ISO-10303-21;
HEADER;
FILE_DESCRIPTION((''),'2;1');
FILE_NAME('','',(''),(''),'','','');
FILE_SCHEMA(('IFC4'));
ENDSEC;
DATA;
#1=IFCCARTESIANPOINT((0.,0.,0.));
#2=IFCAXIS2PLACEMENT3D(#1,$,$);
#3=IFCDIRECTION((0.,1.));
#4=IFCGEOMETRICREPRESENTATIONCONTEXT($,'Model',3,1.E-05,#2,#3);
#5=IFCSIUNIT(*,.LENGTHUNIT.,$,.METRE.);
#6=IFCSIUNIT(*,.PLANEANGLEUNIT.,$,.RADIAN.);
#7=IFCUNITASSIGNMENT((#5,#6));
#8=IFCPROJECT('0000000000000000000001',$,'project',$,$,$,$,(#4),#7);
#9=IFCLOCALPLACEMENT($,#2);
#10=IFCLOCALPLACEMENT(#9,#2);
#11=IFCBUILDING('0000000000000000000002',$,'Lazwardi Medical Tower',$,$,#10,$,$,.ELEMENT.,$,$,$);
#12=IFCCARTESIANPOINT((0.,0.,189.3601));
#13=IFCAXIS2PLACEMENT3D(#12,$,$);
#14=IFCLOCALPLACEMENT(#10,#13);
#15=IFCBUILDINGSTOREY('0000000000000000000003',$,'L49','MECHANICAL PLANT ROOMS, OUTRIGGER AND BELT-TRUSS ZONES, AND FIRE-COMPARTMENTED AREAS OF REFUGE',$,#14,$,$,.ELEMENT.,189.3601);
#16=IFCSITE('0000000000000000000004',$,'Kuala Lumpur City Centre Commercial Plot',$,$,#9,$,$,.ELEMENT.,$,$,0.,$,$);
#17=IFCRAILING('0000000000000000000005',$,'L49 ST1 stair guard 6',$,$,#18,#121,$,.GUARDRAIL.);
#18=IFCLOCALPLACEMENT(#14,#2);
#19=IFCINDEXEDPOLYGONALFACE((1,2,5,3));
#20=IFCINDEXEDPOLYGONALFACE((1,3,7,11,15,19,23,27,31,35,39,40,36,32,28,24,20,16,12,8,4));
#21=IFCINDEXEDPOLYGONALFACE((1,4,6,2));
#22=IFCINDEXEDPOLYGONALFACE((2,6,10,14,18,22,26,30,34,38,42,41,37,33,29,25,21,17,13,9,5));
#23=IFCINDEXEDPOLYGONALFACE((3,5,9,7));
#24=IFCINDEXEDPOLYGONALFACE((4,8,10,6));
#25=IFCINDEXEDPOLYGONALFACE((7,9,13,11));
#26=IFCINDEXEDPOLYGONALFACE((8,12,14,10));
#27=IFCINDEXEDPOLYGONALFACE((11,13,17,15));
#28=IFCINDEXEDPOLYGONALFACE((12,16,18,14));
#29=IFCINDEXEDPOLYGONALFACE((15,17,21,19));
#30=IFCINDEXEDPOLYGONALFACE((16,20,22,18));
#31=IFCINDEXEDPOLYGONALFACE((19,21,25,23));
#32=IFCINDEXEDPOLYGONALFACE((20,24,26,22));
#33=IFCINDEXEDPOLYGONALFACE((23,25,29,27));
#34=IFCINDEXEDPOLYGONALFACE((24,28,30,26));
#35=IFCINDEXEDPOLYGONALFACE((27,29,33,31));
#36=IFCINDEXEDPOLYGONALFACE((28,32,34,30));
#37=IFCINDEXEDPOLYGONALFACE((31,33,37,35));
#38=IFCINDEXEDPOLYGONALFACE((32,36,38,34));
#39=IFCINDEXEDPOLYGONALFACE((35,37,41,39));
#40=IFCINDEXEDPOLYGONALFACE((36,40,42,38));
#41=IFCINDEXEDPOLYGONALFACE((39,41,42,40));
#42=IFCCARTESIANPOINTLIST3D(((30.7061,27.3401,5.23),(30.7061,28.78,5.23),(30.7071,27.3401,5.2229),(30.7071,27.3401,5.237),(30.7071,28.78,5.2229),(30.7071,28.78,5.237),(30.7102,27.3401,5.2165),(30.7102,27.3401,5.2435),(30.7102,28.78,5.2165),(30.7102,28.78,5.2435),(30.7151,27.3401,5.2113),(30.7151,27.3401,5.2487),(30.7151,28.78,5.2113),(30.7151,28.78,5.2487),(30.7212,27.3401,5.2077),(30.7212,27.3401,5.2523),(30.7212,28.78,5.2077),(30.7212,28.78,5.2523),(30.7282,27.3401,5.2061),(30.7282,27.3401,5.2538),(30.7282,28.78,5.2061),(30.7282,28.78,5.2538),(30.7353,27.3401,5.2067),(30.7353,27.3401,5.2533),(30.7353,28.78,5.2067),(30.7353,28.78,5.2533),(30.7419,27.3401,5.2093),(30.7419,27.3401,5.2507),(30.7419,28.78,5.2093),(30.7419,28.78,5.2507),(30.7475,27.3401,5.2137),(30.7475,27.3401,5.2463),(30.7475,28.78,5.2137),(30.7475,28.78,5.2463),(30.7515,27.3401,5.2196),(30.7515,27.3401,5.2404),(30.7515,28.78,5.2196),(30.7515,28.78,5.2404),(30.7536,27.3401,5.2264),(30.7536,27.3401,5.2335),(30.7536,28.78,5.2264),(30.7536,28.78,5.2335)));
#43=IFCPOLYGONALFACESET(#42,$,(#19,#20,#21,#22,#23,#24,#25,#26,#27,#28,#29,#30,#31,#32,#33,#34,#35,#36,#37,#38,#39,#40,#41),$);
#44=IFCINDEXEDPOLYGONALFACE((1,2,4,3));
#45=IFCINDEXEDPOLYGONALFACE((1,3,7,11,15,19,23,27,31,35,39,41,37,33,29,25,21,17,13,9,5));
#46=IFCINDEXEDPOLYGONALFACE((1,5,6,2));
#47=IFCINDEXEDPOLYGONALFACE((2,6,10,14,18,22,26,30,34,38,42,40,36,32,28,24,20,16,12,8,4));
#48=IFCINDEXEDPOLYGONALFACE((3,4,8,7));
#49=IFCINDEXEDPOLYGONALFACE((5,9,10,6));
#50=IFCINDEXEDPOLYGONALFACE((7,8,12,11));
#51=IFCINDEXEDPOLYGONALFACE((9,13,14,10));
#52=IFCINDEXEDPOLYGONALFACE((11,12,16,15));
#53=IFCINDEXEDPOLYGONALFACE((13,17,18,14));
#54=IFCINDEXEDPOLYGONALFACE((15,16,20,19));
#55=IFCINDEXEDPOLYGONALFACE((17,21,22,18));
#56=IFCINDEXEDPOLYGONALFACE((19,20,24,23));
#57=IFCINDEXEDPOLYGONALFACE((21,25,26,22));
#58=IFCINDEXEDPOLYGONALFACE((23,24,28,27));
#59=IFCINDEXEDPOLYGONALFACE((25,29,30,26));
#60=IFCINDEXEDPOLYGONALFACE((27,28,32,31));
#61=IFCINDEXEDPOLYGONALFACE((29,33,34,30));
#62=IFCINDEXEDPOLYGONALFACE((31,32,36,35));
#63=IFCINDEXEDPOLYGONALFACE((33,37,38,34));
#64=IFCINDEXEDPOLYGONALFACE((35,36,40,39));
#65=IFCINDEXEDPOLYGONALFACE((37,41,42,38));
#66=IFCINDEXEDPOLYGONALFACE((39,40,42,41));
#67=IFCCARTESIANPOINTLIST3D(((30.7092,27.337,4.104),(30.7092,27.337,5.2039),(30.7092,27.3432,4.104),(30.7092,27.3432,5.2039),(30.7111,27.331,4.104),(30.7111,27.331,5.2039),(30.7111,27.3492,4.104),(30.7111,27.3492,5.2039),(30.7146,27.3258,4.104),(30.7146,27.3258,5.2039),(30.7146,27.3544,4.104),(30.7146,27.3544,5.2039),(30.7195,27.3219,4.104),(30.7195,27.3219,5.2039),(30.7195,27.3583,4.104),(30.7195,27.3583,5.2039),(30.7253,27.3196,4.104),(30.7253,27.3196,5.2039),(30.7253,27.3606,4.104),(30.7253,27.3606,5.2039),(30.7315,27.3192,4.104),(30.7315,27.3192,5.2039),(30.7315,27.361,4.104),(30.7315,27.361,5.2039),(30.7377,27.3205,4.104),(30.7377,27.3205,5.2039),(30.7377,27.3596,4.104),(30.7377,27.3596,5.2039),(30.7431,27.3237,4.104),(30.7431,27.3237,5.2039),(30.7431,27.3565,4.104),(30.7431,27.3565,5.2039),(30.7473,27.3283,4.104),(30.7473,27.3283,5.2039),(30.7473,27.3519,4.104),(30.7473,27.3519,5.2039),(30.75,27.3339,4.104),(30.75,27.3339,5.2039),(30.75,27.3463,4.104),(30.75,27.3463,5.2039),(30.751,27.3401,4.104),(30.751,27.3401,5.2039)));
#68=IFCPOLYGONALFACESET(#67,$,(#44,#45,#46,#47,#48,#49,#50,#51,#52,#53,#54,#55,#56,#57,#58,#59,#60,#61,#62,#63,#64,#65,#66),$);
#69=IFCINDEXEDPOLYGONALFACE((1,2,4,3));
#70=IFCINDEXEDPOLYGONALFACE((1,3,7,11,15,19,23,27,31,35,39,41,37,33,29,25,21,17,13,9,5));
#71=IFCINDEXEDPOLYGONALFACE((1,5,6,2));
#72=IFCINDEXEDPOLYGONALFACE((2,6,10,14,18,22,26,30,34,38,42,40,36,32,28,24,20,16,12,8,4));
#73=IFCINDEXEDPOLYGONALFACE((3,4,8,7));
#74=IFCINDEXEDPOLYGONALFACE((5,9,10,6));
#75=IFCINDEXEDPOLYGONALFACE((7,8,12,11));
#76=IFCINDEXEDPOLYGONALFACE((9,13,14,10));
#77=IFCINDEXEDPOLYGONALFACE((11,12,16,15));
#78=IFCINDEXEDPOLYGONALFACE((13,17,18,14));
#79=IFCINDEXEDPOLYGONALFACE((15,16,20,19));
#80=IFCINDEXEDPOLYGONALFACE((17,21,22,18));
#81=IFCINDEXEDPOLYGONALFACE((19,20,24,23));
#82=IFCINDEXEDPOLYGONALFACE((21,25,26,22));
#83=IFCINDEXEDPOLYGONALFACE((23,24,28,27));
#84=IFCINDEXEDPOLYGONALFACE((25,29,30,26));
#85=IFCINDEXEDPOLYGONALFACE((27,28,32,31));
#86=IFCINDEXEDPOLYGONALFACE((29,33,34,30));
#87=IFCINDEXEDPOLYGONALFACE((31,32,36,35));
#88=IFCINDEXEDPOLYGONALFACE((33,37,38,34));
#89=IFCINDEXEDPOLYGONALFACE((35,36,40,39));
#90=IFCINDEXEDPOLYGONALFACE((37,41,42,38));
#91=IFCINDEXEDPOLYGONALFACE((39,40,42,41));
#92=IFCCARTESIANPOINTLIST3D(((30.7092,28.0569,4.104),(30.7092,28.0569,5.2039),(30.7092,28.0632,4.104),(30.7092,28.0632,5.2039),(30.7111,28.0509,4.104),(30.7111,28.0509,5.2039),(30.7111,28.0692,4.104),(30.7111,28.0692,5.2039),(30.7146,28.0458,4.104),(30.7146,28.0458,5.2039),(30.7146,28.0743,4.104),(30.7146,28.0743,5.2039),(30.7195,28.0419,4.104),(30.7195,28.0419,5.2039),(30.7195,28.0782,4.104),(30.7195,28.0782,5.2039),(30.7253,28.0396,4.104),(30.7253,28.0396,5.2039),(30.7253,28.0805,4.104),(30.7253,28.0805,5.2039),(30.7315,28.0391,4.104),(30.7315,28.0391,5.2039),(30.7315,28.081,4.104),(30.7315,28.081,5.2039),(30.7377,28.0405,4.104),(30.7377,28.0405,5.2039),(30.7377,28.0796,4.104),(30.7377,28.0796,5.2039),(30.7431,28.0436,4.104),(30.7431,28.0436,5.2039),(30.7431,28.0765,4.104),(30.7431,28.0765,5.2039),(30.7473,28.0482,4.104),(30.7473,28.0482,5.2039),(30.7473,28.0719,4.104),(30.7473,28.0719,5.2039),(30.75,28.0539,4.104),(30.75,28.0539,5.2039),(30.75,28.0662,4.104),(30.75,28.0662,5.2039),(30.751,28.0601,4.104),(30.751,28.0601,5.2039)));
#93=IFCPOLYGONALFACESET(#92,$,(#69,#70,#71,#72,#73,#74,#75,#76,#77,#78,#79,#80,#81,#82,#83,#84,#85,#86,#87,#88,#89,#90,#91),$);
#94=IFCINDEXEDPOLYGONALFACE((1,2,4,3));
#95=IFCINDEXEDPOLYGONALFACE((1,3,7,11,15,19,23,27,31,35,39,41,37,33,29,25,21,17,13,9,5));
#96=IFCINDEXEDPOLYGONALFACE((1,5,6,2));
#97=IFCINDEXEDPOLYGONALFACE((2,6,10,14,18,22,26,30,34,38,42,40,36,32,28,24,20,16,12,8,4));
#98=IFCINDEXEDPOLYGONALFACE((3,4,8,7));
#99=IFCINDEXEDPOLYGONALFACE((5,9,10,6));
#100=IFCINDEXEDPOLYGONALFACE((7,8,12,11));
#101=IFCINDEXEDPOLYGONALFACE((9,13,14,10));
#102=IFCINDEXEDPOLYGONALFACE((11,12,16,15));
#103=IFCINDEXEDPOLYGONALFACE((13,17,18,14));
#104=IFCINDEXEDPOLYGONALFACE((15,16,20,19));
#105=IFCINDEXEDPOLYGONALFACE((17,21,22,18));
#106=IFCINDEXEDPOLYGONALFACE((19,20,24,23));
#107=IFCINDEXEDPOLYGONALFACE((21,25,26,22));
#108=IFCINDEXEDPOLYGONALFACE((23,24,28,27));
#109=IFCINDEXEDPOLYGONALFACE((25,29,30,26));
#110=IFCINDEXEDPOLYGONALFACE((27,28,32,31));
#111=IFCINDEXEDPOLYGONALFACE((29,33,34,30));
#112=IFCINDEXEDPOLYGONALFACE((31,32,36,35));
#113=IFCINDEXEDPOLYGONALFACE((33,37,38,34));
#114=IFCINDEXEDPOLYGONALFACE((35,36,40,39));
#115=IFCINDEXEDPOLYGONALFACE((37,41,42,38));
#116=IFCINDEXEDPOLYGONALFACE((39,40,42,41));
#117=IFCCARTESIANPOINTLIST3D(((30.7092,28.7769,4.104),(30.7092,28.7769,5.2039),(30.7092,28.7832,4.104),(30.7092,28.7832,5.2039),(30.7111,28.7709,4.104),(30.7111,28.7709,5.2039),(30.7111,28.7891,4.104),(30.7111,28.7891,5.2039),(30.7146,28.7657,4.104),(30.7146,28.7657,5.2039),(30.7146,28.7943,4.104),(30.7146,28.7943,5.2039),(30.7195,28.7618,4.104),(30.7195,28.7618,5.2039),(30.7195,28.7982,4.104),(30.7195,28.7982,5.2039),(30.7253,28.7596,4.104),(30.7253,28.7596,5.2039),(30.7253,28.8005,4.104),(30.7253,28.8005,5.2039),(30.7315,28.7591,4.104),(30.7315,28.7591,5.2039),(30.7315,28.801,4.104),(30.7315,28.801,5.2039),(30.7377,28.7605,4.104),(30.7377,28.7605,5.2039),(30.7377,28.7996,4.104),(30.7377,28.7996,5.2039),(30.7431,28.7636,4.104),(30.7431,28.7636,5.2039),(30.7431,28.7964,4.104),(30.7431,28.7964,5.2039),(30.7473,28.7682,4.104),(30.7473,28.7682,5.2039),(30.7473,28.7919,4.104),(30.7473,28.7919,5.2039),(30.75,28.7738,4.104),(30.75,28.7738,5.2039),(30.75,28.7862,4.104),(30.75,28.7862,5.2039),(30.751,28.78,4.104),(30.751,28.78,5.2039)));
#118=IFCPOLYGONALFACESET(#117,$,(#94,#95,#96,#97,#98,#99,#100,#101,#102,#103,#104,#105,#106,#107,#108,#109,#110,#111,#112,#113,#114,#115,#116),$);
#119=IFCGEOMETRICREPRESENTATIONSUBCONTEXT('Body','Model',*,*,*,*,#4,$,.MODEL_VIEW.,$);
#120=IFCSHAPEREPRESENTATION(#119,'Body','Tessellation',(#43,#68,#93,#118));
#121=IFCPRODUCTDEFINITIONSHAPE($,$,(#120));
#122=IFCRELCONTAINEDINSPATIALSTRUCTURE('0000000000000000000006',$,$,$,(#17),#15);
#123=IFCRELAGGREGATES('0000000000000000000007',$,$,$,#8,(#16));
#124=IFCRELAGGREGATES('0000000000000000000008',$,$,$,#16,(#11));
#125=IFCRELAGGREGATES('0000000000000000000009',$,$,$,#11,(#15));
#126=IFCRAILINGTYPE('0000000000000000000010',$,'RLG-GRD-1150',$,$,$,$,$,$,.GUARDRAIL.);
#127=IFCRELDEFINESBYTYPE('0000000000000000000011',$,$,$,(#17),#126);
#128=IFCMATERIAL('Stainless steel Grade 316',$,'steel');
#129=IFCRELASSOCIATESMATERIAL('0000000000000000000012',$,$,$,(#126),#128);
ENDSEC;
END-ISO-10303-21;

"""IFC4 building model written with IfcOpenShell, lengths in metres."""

from ifc_helpers import new_model, si_unit, direction, frame, origin, origin_2d, place, context, subcontext, project, spatial, circle, extrude, material, type_object, element, save


model = new_model("IFC4")

# Units and contexts
model_context = context("Model", 3, precision=1e-05, world=origin(), true_north=direction((0.0, 1.0)))
body_context = subcontext(model_context, "Body", "Model", "MODEL_VIEW")
ifc_project = project(units=[si_unit("LENGTHUNIT", "METRE"), si_unit("PLANEANGLEUNIT", "RADIAN")], contexts=[model_context])

# Site, building, storey
site_placement = place(None, origin())
site = spatial("IfcSite", under=ifc_project, at=site_placement, Name="Kuala Lumpur City Centre Commercial Plot", CompositionType="ELEMENT", RefElevation=0.0)
building_placement = place(site_placement, origin())
building = spatial("IfcBuilding", under=site, at=building_placement, Name="Lazwardi Medical Tower", CompositionType="ELEMENT")
storey_placement = place(building_placement, frame((0.0, 0.0, 189.3601)))
storey = spatial("IfcBuildingStorey", under=building, at=storey_placement, Name="L49", Description="MECHANICAL PLANT ROOMS, OUTRIGGER AND BELT-TRUSS ZONES, AND FIRE-COMPARTMENTED AREAS OF REFUGE", CompositionType="ELEMENT", Elevation=189.3601)

# Railing
ifc_material_1 = material(Name="Stainless steel Grade 316", Category="steel")
railing_type_1 = type_object("IfcRailingType", Name="RLG-GRD-1150", PredefinedType="GUARDRAIL", material=ifc_material_1)
railing_1_placement = place(storey_placement, frame((30.73, 27.3401, 4.104)))
element("IfcRailing", 1, at=railing_1_placement, inside=storey, type_object=railing_type_1, Name="L49 ST1 stair guard 6", PredefinedType="GUARDRAIL", context=body_context, shape_type="SweptSolid", body=[
    extrude(circle(Radius=0.0239, at=origin_2d()), frame((0.0, 0.0, 1.126), z_axis=(0.0, 1.0, 0.0), x_axis=(-1.0, 0.0, 0.0)), (0.0, 0.0, 1.0), 1.4399),
    extrude(circle(Radius=0.021, at=origin_2d()), origin(), (0.0, 0.0, 1.0), 1.0999),
    extrude(circle(Radius=0.021, at=origin_2d()), frame((0.0, 0.72, 0.0)), (0.0, 0.0, 1.0), 1.0999),
    extrude(circle(Radius=0.021, at=origin_2d()), frame((0.0, 1.4399, 0.0)), (0.0, 0.0, 1.0), 1.0999),
])

save(model, "model.ifc")
